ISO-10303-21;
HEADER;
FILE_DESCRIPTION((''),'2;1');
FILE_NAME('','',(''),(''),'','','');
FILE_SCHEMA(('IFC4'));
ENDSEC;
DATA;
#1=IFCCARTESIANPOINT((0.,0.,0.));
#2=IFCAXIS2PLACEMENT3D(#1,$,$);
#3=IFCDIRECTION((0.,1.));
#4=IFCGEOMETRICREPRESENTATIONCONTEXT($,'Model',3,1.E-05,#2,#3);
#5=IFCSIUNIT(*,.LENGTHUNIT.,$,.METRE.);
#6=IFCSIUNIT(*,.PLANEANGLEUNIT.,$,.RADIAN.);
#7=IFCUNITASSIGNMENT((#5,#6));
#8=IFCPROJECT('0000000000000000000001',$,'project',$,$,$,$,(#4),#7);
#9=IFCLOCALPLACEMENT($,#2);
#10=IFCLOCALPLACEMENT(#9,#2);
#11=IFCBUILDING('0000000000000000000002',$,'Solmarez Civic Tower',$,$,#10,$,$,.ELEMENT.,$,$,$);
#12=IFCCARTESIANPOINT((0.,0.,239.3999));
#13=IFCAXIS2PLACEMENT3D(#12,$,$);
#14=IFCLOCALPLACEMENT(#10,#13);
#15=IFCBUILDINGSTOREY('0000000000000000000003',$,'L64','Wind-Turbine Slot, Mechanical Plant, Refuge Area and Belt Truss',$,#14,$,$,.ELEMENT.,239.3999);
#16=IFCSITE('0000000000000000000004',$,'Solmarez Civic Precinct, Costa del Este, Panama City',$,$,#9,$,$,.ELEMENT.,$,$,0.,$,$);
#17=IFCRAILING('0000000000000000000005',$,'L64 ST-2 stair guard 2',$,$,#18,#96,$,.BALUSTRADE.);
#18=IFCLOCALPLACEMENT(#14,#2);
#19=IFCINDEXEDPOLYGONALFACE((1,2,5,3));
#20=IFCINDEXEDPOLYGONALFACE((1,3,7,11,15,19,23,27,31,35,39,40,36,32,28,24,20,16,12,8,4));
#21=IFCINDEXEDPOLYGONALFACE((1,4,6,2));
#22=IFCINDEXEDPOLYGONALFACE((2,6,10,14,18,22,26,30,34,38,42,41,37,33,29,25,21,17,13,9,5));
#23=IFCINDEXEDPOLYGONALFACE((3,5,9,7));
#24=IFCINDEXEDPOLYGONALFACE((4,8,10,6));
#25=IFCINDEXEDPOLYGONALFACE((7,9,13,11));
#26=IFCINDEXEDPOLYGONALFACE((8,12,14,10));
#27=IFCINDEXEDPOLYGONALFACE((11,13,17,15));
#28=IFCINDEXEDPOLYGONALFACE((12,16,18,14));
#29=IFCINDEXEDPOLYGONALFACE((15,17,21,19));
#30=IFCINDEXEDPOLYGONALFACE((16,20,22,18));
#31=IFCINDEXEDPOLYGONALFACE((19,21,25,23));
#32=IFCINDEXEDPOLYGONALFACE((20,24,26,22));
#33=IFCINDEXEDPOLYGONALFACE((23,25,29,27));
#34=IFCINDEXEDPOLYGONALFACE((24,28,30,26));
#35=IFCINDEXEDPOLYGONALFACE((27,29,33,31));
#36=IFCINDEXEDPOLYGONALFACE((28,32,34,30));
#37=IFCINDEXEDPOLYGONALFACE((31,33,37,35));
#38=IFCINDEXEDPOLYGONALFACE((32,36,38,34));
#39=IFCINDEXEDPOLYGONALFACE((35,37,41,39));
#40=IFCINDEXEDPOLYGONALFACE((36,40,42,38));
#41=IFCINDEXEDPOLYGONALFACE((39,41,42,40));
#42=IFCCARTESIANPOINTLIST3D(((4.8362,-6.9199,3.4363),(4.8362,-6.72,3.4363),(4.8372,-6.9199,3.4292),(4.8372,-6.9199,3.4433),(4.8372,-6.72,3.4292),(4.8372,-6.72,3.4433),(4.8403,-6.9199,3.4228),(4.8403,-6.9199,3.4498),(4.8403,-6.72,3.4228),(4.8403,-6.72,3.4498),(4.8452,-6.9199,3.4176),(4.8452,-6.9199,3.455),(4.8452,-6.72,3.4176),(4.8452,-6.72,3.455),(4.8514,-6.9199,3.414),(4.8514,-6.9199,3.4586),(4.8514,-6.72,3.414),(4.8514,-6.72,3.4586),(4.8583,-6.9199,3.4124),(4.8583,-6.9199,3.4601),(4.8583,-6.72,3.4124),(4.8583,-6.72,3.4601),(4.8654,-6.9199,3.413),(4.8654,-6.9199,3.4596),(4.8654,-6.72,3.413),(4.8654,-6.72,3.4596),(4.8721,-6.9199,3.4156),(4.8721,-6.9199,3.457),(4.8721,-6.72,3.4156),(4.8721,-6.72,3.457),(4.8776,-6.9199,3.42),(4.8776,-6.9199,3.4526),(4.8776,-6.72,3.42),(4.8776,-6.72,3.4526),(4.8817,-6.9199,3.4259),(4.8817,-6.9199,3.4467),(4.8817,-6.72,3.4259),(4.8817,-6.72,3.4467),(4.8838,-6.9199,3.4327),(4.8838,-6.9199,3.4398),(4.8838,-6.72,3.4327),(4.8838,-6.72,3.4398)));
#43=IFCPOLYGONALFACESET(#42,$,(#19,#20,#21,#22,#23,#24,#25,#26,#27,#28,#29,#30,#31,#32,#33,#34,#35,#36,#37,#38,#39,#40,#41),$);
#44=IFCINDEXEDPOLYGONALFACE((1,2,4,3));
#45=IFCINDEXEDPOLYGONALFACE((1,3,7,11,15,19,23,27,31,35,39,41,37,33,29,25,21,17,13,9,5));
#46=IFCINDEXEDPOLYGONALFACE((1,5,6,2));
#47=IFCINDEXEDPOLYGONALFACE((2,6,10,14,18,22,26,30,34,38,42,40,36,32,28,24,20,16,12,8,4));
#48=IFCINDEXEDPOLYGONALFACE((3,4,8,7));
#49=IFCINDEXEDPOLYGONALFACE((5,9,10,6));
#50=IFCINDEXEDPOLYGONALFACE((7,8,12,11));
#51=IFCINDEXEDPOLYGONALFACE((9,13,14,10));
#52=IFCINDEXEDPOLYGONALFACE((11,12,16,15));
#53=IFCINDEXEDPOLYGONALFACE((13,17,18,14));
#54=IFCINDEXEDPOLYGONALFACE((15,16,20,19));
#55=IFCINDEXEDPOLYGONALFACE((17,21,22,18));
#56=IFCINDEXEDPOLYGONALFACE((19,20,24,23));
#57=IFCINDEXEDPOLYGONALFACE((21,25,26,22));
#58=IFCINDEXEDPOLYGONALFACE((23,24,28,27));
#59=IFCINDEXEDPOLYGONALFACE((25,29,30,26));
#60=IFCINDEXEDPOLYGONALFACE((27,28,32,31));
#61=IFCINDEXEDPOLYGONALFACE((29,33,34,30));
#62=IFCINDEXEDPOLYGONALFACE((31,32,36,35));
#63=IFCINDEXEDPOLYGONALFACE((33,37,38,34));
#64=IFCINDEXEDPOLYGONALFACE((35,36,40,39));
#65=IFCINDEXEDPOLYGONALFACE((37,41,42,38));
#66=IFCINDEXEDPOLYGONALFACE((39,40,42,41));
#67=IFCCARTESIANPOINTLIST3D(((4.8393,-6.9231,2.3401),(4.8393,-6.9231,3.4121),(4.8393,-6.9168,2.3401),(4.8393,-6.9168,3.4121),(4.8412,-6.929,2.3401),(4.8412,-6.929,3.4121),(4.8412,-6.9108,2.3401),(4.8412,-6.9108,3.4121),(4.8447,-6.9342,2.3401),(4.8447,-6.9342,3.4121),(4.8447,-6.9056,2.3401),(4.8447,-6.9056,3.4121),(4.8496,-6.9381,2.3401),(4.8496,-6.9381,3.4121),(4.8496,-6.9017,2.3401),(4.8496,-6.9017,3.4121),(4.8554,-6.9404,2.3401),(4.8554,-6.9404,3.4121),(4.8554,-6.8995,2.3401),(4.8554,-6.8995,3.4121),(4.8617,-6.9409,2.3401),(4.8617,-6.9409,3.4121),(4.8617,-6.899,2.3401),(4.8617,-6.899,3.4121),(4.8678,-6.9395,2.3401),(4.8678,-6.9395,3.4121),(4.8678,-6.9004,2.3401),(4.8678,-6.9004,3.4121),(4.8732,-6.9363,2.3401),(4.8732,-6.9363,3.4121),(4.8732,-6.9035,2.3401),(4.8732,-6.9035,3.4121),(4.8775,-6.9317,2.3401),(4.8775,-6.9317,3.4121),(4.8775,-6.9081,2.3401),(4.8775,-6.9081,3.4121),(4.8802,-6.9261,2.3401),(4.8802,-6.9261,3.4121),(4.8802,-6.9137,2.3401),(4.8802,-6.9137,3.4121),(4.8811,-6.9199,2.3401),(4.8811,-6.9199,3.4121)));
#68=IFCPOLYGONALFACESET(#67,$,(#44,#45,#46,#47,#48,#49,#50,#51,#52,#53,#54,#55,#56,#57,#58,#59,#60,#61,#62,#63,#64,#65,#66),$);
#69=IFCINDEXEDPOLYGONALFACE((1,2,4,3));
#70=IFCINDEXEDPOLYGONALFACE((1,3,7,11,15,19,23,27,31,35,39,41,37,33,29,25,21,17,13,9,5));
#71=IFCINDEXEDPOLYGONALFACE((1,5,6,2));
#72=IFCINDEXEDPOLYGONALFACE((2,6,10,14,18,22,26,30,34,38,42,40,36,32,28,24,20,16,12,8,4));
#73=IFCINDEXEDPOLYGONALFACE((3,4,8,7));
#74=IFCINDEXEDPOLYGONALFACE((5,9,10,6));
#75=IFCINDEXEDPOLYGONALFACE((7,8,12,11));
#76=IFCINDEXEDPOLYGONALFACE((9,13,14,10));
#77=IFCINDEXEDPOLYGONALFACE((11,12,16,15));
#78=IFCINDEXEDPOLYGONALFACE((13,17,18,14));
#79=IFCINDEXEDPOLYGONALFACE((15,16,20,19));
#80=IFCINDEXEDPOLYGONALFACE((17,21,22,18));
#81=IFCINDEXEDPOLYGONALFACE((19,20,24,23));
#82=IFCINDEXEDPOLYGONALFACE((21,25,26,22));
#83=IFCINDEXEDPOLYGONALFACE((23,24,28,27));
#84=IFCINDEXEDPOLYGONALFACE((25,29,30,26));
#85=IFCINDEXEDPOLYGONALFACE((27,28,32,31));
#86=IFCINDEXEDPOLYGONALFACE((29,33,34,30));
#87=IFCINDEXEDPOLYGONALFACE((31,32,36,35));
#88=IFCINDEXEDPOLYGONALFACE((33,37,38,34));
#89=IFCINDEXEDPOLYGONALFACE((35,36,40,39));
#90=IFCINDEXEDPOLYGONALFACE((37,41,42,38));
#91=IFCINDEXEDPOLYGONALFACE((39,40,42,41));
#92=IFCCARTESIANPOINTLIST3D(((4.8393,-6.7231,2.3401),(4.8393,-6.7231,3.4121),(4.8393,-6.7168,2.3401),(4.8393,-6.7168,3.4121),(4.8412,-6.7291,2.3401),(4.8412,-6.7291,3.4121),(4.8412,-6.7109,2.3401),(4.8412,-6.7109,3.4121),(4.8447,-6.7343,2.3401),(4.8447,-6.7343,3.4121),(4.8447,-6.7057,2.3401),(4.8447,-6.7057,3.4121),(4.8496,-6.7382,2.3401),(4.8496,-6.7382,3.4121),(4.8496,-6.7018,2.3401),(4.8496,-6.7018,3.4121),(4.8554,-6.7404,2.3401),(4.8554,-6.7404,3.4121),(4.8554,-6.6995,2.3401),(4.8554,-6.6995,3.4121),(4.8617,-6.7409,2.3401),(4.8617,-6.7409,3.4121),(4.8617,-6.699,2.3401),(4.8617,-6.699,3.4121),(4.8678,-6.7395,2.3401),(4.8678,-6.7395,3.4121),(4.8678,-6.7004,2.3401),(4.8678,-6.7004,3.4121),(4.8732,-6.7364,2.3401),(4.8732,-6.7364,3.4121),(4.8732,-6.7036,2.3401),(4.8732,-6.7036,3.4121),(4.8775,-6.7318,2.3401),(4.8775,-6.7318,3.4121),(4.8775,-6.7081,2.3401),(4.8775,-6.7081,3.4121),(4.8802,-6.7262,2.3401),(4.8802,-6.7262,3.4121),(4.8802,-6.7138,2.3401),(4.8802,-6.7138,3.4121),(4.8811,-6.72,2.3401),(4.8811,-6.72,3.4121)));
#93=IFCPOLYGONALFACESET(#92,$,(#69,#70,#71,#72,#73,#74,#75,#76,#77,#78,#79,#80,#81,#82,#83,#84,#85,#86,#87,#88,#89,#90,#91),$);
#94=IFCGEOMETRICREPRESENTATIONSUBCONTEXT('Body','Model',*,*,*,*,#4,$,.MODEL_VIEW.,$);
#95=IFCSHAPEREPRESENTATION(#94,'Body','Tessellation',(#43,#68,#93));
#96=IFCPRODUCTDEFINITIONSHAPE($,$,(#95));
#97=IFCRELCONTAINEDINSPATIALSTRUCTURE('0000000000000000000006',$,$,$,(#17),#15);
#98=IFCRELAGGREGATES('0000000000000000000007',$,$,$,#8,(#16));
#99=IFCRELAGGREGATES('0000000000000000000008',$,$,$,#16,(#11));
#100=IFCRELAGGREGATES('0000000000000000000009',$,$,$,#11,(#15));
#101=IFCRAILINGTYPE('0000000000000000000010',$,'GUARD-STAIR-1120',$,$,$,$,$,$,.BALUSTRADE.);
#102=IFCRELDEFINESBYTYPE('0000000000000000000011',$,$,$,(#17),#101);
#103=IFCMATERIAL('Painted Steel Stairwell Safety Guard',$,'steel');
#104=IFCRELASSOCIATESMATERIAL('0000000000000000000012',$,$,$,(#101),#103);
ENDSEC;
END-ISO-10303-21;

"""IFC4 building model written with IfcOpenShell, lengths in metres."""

from ifc_helpers import new_model, si_unit, direction, frame, origin, origin_2d, place, context, subcontext, project, spatial, circle, extrude, material, type_object, element, save


model = new_model("IFC4")

# Units and contexts
model_context = context("Model", 3, precision=1e-05, world=origin(), true_north=direction((0.0, 1.0)))
body_context = subcontext(model_context, "Body", "Model", "MODEL_VIEW")
ifc_project = project(units=[si_unit("LENGTHUNIT", "METRE"), si_unit("PLANEANGLEUNIT", "RADIAN")], contexts=[model_context])

# Site, building, storey
site_placement = place(None, origin())
site = spatial("IfcSite", under=ifc_project, at=site_placement, Name="Solmarez Civic Precinct, Costa del Este, Panama City", CompositionType="ELEMENT", RefElevation=0.0)
building_placement = place(site_placement, origin())
building = spatial("IfcBuilding", under=site, at=building_placement, Name="Solmarez Civic Tower", CompositionType="ELEMENT")
storey_placement = place(building_placement, frame((0.0, 0.0, 239.3999)))
storey = spatial("IfcBuildingStorey", under=building, at=storey_placement, Name="L64", Description="Wind-Turbine Slot, Mechanical Plant, Refuge Area and Belt Truss", CompositionType="ELEMENT", Elevation=239.3999)

# Railing
ifc_material_1 = material(Name="Painted Steel Stairwell Safety Guard", Category="steel")
railing_type_1 = type_object("IfcRailingType", Name="GUARD-STAIR-1120", PredefinedType="BALUSTRADE", material=ifc_material_1)
railing_1_placement = place(storey_placement, frame((4.8601, -6.9199, 2.3401)))
element("IfcRailing", 1, at=railing_1_placement, inside=storey, type_object=railing_type_1, Name="L64 ST-2 stair guard 2", PredefinedType="BALUSTRADE", context=body_context, shape_type="SweptSolid", body=[
    extrude(circle(Radius=0.0239, at=origin_2d()), frame((0.0, 0.0, 1.0962), z_axis=(0.0, 1.0, 0.0), x_axis=(-1.0, 0.0, 0.0)), (0.0, 0.0, 1.0), 0.2),
    extrude(circle(Radius=0.021, at=origin_2d()), origin(), (0.0, 0.0, 1.0), 1.072),
    extrude(circle(Radius=0.021, at=origin_2d()), frame((0.0, 0.2, 0.0)), (0.0, 0.0, 1.0), 1.072),
])

save(model, "model.ifc")
